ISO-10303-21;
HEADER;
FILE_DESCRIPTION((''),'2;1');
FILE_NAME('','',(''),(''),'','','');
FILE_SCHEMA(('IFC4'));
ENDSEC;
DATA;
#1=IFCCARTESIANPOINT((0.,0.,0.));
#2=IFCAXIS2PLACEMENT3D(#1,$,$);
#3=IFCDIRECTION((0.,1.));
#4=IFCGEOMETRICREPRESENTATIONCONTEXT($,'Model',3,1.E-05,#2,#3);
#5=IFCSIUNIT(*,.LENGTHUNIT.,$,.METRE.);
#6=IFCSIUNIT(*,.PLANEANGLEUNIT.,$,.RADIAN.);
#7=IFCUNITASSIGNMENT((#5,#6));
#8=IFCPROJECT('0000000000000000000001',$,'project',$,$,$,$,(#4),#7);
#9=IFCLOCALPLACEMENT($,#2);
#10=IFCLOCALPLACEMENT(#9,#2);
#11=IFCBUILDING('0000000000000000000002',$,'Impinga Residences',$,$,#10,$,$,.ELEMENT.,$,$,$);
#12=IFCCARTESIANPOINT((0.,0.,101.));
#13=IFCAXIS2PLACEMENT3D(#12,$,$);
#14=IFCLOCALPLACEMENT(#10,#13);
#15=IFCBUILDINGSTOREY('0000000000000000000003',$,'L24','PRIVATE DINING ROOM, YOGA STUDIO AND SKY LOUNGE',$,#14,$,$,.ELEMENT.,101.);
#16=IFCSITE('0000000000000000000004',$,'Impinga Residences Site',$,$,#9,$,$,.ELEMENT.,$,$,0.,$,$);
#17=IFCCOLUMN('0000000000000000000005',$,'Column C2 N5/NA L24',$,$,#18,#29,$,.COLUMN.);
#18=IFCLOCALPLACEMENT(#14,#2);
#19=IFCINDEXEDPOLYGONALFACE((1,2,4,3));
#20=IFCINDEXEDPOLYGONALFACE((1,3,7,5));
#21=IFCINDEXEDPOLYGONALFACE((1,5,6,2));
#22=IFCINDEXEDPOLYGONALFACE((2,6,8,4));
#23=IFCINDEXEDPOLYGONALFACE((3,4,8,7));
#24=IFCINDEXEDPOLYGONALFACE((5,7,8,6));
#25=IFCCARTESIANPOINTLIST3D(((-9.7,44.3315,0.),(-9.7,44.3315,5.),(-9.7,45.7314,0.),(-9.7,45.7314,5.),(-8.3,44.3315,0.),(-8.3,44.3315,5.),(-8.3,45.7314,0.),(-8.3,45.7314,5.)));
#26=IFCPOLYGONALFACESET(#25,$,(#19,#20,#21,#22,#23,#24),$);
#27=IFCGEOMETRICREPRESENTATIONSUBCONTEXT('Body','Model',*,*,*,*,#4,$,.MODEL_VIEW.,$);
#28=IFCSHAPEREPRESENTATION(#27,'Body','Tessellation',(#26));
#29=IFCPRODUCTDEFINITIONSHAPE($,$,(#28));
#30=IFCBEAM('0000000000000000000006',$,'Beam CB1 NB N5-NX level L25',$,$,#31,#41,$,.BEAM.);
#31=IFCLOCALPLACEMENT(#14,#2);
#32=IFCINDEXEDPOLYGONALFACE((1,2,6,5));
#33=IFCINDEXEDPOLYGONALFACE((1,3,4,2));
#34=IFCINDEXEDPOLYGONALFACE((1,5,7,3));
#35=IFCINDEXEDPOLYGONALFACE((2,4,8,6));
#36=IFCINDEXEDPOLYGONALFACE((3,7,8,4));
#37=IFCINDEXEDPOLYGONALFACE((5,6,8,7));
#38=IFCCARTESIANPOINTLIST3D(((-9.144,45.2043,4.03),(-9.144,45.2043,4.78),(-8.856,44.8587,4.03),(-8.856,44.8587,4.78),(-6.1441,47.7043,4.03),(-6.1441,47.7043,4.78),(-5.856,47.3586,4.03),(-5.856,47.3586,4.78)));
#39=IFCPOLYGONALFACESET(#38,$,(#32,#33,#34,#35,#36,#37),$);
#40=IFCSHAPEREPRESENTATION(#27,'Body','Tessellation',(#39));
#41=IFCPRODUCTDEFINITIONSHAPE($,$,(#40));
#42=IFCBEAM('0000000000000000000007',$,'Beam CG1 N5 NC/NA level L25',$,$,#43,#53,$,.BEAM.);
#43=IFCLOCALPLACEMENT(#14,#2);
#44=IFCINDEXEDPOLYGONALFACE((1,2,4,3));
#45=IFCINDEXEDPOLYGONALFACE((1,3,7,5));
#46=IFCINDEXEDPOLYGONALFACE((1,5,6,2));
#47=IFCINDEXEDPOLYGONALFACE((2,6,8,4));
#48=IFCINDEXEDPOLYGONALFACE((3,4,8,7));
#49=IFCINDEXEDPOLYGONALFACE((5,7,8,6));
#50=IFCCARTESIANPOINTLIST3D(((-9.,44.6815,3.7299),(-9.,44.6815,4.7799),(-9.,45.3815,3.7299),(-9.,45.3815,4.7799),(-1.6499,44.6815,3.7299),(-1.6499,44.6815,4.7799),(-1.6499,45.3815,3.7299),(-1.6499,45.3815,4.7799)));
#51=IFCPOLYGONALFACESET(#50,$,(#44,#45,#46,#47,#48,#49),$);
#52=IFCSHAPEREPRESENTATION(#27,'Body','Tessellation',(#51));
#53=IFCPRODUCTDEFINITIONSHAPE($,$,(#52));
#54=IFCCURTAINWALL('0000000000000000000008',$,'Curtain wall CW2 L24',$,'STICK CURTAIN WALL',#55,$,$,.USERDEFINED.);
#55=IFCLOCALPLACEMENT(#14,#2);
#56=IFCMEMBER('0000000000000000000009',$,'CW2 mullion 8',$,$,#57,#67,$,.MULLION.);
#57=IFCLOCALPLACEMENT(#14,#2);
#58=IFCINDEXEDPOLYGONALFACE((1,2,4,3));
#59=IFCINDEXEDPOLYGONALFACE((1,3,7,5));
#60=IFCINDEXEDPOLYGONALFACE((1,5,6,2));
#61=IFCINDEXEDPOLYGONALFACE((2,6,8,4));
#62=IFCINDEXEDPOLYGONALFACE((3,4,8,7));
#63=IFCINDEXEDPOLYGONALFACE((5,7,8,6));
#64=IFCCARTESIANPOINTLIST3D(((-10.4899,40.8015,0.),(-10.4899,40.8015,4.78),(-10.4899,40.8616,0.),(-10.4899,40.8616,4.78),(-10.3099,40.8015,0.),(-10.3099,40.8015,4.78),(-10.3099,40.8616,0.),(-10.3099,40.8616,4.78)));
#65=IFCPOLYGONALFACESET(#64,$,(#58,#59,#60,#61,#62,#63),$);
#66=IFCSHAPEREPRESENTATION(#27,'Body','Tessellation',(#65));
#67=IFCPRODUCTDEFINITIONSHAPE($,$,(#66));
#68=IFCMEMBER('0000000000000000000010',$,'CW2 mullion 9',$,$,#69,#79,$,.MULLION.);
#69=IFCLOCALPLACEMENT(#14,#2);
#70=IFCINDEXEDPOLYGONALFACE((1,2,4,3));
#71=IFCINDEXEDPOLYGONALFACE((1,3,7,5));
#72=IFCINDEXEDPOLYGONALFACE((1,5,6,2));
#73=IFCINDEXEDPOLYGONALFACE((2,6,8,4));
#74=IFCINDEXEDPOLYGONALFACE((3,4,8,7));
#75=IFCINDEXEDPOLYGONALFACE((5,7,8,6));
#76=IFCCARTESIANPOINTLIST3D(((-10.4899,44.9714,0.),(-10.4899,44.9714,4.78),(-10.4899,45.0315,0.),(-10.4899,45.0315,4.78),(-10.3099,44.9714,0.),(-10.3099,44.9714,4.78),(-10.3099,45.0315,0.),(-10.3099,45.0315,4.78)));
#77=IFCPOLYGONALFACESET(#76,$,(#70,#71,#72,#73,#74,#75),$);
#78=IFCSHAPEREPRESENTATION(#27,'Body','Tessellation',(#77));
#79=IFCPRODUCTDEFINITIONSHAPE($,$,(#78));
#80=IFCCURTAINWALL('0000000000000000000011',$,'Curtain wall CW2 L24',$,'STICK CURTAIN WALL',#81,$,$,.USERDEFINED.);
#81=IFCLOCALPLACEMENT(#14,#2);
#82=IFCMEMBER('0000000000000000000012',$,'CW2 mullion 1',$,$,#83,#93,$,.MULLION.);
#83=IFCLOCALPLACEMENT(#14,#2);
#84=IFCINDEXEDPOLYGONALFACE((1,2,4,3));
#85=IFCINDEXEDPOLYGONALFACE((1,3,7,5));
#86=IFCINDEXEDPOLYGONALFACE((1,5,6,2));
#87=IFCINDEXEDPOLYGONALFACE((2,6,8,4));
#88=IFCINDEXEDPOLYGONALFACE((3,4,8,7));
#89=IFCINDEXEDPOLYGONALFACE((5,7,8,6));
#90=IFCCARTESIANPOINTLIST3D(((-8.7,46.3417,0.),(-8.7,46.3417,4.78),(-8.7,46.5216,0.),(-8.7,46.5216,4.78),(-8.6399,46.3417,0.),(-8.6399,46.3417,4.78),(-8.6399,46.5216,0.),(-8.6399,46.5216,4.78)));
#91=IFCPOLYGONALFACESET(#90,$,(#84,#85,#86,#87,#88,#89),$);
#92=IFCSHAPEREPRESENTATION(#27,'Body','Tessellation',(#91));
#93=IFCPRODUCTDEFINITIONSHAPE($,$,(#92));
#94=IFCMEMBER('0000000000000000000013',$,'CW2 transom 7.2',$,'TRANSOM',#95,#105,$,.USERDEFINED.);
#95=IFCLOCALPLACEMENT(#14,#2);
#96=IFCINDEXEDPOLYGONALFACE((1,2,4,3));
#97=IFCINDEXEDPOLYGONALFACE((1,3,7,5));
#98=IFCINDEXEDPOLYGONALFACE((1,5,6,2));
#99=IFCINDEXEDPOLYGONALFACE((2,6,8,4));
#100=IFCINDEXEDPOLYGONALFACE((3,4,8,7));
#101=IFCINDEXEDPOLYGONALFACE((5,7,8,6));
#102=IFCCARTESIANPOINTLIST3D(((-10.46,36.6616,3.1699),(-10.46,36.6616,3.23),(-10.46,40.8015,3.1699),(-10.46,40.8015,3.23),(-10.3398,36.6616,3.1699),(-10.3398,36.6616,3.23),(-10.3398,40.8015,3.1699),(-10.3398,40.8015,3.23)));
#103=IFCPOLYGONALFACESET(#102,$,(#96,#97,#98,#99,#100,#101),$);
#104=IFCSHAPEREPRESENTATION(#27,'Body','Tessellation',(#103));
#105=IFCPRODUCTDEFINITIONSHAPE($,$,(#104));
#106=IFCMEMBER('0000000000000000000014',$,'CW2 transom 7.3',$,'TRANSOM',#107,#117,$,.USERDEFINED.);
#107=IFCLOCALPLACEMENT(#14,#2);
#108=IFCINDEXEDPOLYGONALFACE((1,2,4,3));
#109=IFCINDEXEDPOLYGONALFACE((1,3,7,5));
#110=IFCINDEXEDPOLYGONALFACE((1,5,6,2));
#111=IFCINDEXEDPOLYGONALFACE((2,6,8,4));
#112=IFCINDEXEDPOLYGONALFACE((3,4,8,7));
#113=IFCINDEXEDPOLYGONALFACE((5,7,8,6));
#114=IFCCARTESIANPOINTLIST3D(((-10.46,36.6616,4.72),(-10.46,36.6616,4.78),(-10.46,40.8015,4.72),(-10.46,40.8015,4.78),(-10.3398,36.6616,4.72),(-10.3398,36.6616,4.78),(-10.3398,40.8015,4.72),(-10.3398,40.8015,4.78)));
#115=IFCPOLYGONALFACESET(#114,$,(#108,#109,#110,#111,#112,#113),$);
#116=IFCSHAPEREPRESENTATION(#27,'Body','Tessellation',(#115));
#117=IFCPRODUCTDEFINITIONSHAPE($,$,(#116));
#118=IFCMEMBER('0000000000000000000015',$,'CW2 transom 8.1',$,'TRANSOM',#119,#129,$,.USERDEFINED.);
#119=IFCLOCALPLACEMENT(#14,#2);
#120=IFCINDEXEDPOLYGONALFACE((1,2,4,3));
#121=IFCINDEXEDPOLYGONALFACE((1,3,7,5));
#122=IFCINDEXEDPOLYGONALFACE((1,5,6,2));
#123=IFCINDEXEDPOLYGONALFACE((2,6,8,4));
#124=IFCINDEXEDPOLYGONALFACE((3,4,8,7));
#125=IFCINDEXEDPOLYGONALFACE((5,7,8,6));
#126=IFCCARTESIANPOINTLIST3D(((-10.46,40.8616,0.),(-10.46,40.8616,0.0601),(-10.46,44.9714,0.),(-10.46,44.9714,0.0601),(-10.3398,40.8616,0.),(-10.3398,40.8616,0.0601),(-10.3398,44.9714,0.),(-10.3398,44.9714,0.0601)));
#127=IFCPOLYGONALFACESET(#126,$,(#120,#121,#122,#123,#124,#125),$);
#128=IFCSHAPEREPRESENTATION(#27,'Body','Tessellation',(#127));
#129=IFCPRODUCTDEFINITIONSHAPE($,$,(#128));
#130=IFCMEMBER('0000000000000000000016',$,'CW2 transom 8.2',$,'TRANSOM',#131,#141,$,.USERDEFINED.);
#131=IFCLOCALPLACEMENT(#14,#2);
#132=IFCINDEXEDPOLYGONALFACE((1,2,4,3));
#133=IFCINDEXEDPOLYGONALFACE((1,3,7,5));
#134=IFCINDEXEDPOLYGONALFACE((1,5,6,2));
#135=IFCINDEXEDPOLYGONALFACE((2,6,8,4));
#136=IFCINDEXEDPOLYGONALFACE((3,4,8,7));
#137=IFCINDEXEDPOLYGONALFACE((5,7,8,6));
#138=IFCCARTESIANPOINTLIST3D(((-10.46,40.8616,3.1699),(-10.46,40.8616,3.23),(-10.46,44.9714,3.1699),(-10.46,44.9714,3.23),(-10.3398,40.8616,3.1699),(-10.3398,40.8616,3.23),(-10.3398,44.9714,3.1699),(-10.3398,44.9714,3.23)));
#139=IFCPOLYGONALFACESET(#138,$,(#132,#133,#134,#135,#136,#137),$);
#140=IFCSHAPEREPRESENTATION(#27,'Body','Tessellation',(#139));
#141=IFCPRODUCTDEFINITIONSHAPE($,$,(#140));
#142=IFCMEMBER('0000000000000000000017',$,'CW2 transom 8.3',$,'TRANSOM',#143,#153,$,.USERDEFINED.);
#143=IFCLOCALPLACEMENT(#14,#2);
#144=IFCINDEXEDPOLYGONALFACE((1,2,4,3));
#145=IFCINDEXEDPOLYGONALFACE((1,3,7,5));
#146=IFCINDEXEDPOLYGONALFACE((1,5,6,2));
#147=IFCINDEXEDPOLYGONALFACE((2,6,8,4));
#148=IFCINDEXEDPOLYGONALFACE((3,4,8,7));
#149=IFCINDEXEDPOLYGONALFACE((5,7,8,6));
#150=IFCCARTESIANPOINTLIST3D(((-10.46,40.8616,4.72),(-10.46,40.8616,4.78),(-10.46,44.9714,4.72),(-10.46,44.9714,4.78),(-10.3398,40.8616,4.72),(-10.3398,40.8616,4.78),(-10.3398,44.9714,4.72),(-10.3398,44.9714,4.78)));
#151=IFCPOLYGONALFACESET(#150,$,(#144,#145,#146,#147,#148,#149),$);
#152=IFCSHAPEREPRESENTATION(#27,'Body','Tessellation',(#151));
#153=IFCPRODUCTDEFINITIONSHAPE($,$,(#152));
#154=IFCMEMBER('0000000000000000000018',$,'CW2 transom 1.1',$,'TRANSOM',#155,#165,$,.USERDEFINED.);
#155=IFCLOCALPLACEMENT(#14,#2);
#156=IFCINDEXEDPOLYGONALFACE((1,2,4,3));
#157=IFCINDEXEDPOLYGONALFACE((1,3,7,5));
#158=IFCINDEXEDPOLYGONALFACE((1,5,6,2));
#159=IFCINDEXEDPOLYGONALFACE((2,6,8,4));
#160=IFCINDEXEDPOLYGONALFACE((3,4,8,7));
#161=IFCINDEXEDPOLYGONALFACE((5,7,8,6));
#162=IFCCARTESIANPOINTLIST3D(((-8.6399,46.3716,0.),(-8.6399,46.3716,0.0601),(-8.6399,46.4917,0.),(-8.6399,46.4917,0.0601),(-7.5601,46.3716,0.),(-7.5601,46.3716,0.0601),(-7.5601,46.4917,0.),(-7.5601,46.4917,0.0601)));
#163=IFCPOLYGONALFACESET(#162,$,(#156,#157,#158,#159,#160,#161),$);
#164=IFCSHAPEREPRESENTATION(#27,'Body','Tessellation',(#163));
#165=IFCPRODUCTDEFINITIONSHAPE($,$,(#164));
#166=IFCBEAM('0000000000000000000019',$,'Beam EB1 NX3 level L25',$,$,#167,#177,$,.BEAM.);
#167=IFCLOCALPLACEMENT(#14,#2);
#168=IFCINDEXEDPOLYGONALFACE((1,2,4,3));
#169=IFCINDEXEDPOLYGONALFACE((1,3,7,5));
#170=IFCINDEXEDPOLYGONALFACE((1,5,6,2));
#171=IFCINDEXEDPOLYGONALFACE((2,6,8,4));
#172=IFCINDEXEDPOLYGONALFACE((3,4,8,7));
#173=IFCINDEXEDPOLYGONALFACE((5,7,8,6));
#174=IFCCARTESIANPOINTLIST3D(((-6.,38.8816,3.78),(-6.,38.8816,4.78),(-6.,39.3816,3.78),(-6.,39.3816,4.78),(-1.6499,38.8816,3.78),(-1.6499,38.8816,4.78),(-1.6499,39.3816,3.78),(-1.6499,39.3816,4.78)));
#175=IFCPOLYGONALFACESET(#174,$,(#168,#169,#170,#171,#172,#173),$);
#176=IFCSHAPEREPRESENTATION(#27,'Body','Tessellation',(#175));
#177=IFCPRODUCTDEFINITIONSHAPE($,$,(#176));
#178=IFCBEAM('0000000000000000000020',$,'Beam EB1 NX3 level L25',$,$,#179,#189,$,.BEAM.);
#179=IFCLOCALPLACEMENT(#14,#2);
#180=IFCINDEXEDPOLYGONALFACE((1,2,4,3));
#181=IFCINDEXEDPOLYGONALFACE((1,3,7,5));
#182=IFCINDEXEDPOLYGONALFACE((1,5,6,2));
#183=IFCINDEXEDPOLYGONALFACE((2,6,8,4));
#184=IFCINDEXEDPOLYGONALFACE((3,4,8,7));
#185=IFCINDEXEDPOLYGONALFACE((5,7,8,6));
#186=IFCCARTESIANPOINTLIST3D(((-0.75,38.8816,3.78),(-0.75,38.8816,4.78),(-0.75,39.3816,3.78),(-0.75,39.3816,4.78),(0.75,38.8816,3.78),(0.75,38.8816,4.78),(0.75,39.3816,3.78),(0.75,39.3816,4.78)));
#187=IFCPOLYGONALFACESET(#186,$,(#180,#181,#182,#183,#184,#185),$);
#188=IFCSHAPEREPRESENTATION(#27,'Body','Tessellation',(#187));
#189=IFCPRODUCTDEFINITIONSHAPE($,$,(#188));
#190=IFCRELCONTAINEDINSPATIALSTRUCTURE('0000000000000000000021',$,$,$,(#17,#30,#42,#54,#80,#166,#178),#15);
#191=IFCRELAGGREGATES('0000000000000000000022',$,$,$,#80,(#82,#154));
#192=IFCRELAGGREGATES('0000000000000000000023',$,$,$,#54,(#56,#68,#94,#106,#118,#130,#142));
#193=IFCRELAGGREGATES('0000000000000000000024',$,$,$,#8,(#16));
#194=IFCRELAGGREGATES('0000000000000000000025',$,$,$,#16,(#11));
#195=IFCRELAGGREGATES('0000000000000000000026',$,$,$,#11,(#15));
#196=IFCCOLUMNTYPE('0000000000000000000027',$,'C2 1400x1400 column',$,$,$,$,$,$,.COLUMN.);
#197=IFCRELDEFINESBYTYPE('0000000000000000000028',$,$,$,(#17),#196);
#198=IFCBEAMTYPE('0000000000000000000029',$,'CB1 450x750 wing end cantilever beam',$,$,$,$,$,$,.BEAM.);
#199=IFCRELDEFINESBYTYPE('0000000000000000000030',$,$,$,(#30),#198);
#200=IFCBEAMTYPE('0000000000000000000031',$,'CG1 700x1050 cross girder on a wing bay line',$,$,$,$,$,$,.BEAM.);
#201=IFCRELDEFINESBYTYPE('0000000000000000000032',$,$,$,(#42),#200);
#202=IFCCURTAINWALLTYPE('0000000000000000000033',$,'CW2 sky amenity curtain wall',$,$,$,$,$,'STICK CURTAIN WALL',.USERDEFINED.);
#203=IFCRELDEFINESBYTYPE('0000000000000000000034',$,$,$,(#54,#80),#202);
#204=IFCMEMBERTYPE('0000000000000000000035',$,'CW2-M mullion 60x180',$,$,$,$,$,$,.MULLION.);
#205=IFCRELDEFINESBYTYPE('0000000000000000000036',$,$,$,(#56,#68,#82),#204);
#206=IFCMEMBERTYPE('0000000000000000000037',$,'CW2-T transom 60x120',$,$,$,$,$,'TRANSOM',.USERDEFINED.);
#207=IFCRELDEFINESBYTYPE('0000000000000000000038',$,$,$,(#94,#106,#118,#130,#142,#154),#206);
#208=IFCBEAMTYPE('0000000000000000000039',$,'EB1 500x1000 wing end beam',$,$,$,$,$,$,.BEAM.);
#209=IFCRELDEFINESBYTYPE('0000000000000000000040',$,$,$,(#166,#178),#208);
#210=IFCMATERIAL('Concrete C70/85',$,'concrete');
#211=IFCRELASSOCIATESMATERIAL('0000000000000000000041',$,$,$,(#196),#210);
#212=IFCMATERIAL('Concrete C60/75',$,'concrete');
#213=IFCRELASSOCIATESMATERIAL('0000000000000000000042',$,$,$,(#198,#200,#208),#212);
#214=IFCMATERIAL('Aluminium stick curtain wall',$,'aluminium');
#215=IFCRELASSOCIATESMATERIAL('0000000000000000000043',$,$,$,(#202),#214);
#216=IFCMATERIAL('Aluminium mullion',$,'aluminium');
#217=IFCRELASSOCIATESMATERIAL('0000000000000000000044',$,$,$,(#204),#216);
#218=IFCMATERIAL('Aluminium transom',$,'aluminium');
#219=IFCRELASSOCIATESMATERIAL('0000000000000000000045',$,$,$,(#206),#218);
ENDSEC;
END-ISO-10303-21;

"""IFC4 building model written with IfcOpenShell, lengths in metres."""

from ifc_helpers import new_model, si_unit, direction, frame, origin, origin_2d, place, context, subcontext, project, spatial, rectangle, extrude, material, material_profile, profile_set, type_object, element, aggregate, save


model = new_model("IFC4")

# Units and contexts
model_context = context("Model", 3, precision=1e-05, world=origin(), true_north=direction((0.0, 1.0)))
body_context = subcontext(model_context, "Body", "Model", "MODEL_VIEW")
ifc_project = project(units=[si_unit("LENGTHUNIT", "METRE"), si_unit("PLANEANGLEUNIT", "RADIAN")], contexts=[model_context])

# Site, building, storey
site_placement = place(None, origin())
site = spatial("IfcSite", under=ifc_project, at=site_placement, Name="Impinga Residences Site", CompositionType="ELEMENT", RefElevation=0.0)
building_placement = place(site_placement, origin())
building = spatial("IfcBuilding", under=site, at=building_placement, Name="Impinga Residences", CompositionType="ELEMENT")
storey_placement = place(building_placement, frame((0.0, 0.0, 101.0)))
storey = spatial("IfcBuildingStorey", under=building, at=storey_placement, Name="L24", Description="PRIVATE DINING ROOM, YOGA STUDIO AND SKY LOUNGE", CompositionType="ELEMENT", Elevation=101.0)

# Column
ifc_material_1 = material(Name="Concrete C70/85", Category="concrete")
ifc_material_profile_1 = material_profile(ifc_material_1, rectangle(XDim=1.3999, YDim=1.3999, at=origin_2d()), Name="RC 1400x1400")
ifc_profile_set_1 = profile_set([ifc_material_profile_1], Name="Concrete C70/85")
column_type = type_object("IfcColumnType", Name="C2 1400x1400 column", PredefinedType="COLUMN", material=ifc_profile_set_1)
column_placement = place(storey_placement, frame((-9.0, 45.0315, 0.0), z_axis=(0.0, 0.0, 1.0), x_axis=(1.0, 0.0, 0.0)))
element("IfcColumn", 1, at=column_placement, inside=storey, type_object=column_type, Name="Column C2 N5/NA L24", PredefinedType="COLUMN", context=body_context, shape_type="SweptSolid", body=[
    extrude(rectangle(XDim=1.3999, YDim=1.3999, at=origin_2d()), origin(), (0.0, 0.0, 1.0), 5.0),
])

# Beams
ifc_material_2 = material(Name="Concrete C60/75", Category="concrete")
ifc_material_profile_2 = material_profile(ifc_material_2, rectangle(XDim=0.45, YDim=0.75, at=origin_2d()), Name="RC 450x750")
ifc_profile_set_2 = profile_set([ifc_material_profile_2], Name="Concrete C60/75")
beam_type_1 = type_object("IfcBeamType", Name="CB1 450x750 wing end cantilever beam", PredefinedType="BEAM", material=ifc_profile_set_2)
beam_1_placement = place(storey_placement, frame((-9.0, 45.0315, 4.405), z_axis=(0.768221, 0.640184, 0.0), x_axis=(-0.640184, 0.768221, 0.0)))
element("IfcBeam", 2, at=beam_1_placement, inside=storey, type_object=beam_type_1, Name="Beam CB1 NB N5-NX level L25", PredefinedType="BEAM", context=body_context, shape_type="SweptSolid", body=[
    extrude(rectangle(XDim=0.45, YDim=0.75, at=origin_2d()), origin(), (0.0, 0.0, 1.0), 3.905),
])
ifc_material_profile_3 = material_profile(ifc_material_2, rectangle(XDim=0.7, YDim=1.05, at=origin_2d()), Name="RC 700x1050")
ifc_profile_set_3 = profile_set([ifc_material_profile_3], Name="Concrete C60/75")
beam_type_2 = type_object("IfcBeamType", Name="CG1 700x1050 cross girder on a wing bay line", PredefinedType="BEAM", material=ifc_profile_set_3)
beam_2_placement = place(storey_placement, frame((-1.6499, 45.0315, 4.2549), z_axis=(-1.0, 0.0, 0.0), x_axis=(0.0, -1.0, 0.0)))
element("IfcBeam", 3, at=beam_2_placement, inside=storey, type_object=beam_type_2, Name="Beam CG1 N5 NC/NA level L25", PredefinedType="BEAM", context=body_context, shape_type="SweptSolid", body=[
    extrude(rectangle(XDim=0.7, YDim=1.05, at=origin_2d()), origin(), (0.0, 0.0, 1.0), 7.3501),
])

# Curtain wall, members
ifc_material_3 = material(Name="Aluminium stick curtain wall", Category="aluminium")
curtain_wall_type = type_object("IfcCurtainWallType", Name="CW2 sky amenity curtain wall", ElementType="STICK CURTAIN WALL", PredefinedType="USERDEFINED", material=ifc_material_3)
curtain_wall_1_placement = place(storey_placement, origin())
curtain_wall_1 = element("IfcCurtainWall", 4, at=curtain_wall_1_placement, inside=storey, type_object=curtain_wall_type, Name="Curtain wall CW2 L24", ObjectType="STICK CURTAIN WALL", PredefinedType="USERDEFINED")
ifc_material_4 = material(Name="Aluminium mullion", Category="aluminium")
ifc_material_profile_4 = material_profile(ifc_material_4, rectangle(XDim=0.0601, YDim=0.1799, at=origin_2d()), Name="60x180 mullion")
ifc_profile_set_4 = profile_set([ifc_material_profile_4], Name="Aluminium mullion")
member_type_1 = type_object("IfcMemberType", Name="CW2-M mullion 60x180", PredefinedType="MULLION", material=ifc_profile_set_4)
member_1_placement = place(storey_placement, frame((-10.3999, 40.8315, 0.0), z_axis=(0.0, 0.0, 1.0), x_axis=(0.0, 1.0, 0.0)))
member_1 = element("IfcMember", 5, at=member_1_placement, type_object=member_type_1, Name="CW2 mullion 8", PredefinedType="MULLION", context=body_context, shape_type="SweptSolid", body=[
    extrude(rectangle(XDim=0.0601, YDim=0.1799, at=origin_2d()), origin(), (0.0, 0.0, 1.0), 4.78),
])
member_2_placement = place(storey_placement, frame((-10.3999, 45.0015, 0.0), z_axis=(0.0, 0.0, 1.0), x_axis=(0.0, 1.0, 0.0)))
member_2 = element("IfcMember", 6, at=member_2_placement, type_object=member_type_1, Name="CW2 mullion 9", PredefinedType="MULLION", context=body_context, shape_type="SweptSolid", body=[
    extrude(rectangle(XDim=0.0601, YDim=0.1799, at=origin_2d()), origin(), (0.0, 0.0, 1.0), 4.78),
])

# Curtain wall, member
curtain_wall_2_placement = place(storey_placement, origin())
curtain_wall_2 = element("IfcCurtainWall", 7, at=curtain_wall_2_placement, inside=storey, type_object=curtain_wall_type, Name="Curtain wall CW2 L24", ObjectType="STICK CURTAIN WALL", PredefinedType="USERDEFINED")
member_3_placement = place(storey_placement, frame((-8.6699, 46.4316, 0.0), z_axis=(0.0, 0.0, 1.0), x_axis=(1.0, 0.0, 0.0)))
member_3 = element("IfcMember", 8, at=member_3_placement, type_object=member_type_1, Name="CW2 mullion 1", PredefinedType="MULLION", context=body_context, shape_type="SweptSolid", body=[
    extrude(rectangle(XDim=0.0601, YDim=0.1799, at=origin_2d()), origin(), (0.0, 0.0, 1.0), 4.78),
])

# Members
ifc_material_5 = material(Name="Aluminium transom", Category="aluminium")
ifc_material_profile_5 = material_profile(ifc_material_5, rectangle(XDim=0.0601, YDim=0.1201, at=origin_2d()), Name="60x120 transom")
ifc_profile_set_5 = profile_set([ifc_material_profile_5], Name="Aluminium transom")
member_type_2 = type_object("IfcMemberType", Name="CW2-T transom 60x120", ElementType="TRANSOM", PredefinedType="USERDEFINED", material=ifc_profile_set_5)
member_4_placement = place(storey_placement, frame((-10.3999, 36.6616, 3.2), z_axis=(0.0, 1.0, 0.0), x_axis=(0.0, 0.0, 1.0)))
member_4 = element("IfcMember", 9, at=member_4_placement, type_object=member_type_2, Name="CW2 transom 7.2", ObjectType="TRANSOM", PredefinedType="USERDEFINED", context=body_context, shape_type="SweptSolid", body=[
    extrude(rectangle(XDim=0.0601, YDim=0.1201, at=origin_2d()), origin(), (0.0, 0.0, 1.0), 4.1399),
])
member_5_placement = place(storey_placement, frame((-10.3999, 36.6616, 4.75), z_axis=(0.0, 1.0, 0.0), x_axis=(0.0, 0.0, 1.0)))
member_5 = element("IfcMember", 10, at=member_5_placement, type_object=member_type_2, Name="CW2 transom 7.3", ObjectType="TRANSOM", PredefinedType="USERDEFINED", context=body_context, shape_type="SweptSolid", body=[
    extrude(rectangle(XDim=0.0601, YDim=0.1201, at=origin_2d()), origin(), (0.0, 0.0, 1.0), 4.1399),
])
member_6_placement = place(storey_placement, frame((-10.3999, 40.8616, 0.03), z_axis=(0.0, 1.0, 0.0), x_axis=(0.0, 0.0, 1.0)))
member_6 = element("IfcMember", 11, at=member_6_placement, type_object=member_type_2, Name="CW2 transom 8.1", ObjectType="TRANSOM", PredefinedType="USERDEFINED", context=body_context, shape_type="SweptSolid", body=[
    extrude(rectangle(XDim=0.0601, YDim=0.1201, at=origin_2d()), origin(), (0.0, 0.0, 1.0), 4.1099),
])
member_7_placement = place(storey_placement, frame((-10.3999, 40.8616, 3.2), z_axis=(0.0, 1.0, 0.0), x_axis=(0.0, 0.0, 1.0)))
member_7 = element("IfcMember", 12, at=member_7_placement, type_object=member_type_2, Name="CW2 transom 8.2", ObjectType="TRANSOM", PredefinedType="USERDEFINED", context=body_context, shape_type="SweptSolid", body=[
    extrude(rectangle(XDim=0.0601, YDim=0.1201, at=origin_2d()), origin(), (0.0, 0.0, 1.0), 4.1099),
])
member_8_placement = place(storey_placement, frame((-10.3999, 40.8616, 4.75), z_axis=(0.0, 1.0, 0.0), x_axis=(0.0, 0.0, 1.0)))
member_8 = element("IfcMember", 13, at=member_8_placement, type_object=member_type_2, Name="CW2 transom 8.3", ObjectType="TRANSOM", PredefinedType="USERDEFINED", context=body_context, shape_type="SweptSolid", body=[
    extrude(rectangle(XDim=0.0601, YDim=0.1201, at=origin_2d()), origin(), (0.0, 0.0, 1.0), 4.1099),
])
member_9_placement = place(storey_placement, frame((-8.6399, 46.4316, 0.03), z_axis=(1.0, 0.0, 0.0), x_axis=(0.0, 0.0, 1.0)))
member_9 = element("IfcMember", 14, at=member_9_placement, type_object=member_type_2, Name="CW2 transom 1.1", ObjectType="TRANSOM", PredefinedType="USERDEFINED", context=body_context, shape_type="SweptSolid", body=[
    extrude(rectangle(XDim=0.0601, YDim=0.1201, at=origin_2d()), origin(), (0.0, 0.0, 1.0), 1.0798),
])
aggregate(curtain_wall_2, [member_3, member_9])

# Beams
ifc_material_profile_6 = material_profile(ifc_material_2, rectangle(XDim=0.5, YDim=1.0, at=origin_2d()), Name="RC 500x1000")
ifc_profile_set_6 = profile_set([ifc_material_profile_6], Name="Concrete C60/75")
beam_type_3 = type_object("IfcBeamType", Name="EB1 500x1000 wing end beam", PredefinedType="BEAM", material=ifc_profile_set_6)
beam_3_placement = place(storey_placement, frame((-6.0, 39.1316, 4.28), z_axis=(1.0, 0.0, 0.0), x_axis=(0.0, 1.0, 0.0)))
element("IfcBeam", 15, at=beam_3_placement, inside=storey, type_object=beam_type_3, Name="Beam EB1 NX3 level L25", PredefinedType="BEAM", context=body_context, shape_type="SweptSolid", body=[
    extrude(rectangle(XDim=0.5, YDim=1.0, at=origin_2d()), origin(), (0.0, 0.0, 1.0), 4.3501),
])
beam_4_placement = place(storey_placement, frame((-0.75, 39.1316, 4.28), z_axis=(1.0, 0.0, 0.0), x_axis=(0.0, 1.0, 0.0)))
element("IfcBeam", 16, at=beam_4_placement, inside=storey, type_object=beam_type_3, Name="Beam EB1 NX3 level L25", PredefinedType="BEAM", context=body_context, shape_type="SweptSolid", body=[
    extrude(rectangle(XDim=0.5, YDim=1.0, at=origin_2d()), origin(), (0.0, 0.0, 1.0), 1.5),
])

aggregate(curtain_wall_1, [member_1, member_2, member_4, member_5, member_6, member_7, member_8])

save(model, "model.ifc")
